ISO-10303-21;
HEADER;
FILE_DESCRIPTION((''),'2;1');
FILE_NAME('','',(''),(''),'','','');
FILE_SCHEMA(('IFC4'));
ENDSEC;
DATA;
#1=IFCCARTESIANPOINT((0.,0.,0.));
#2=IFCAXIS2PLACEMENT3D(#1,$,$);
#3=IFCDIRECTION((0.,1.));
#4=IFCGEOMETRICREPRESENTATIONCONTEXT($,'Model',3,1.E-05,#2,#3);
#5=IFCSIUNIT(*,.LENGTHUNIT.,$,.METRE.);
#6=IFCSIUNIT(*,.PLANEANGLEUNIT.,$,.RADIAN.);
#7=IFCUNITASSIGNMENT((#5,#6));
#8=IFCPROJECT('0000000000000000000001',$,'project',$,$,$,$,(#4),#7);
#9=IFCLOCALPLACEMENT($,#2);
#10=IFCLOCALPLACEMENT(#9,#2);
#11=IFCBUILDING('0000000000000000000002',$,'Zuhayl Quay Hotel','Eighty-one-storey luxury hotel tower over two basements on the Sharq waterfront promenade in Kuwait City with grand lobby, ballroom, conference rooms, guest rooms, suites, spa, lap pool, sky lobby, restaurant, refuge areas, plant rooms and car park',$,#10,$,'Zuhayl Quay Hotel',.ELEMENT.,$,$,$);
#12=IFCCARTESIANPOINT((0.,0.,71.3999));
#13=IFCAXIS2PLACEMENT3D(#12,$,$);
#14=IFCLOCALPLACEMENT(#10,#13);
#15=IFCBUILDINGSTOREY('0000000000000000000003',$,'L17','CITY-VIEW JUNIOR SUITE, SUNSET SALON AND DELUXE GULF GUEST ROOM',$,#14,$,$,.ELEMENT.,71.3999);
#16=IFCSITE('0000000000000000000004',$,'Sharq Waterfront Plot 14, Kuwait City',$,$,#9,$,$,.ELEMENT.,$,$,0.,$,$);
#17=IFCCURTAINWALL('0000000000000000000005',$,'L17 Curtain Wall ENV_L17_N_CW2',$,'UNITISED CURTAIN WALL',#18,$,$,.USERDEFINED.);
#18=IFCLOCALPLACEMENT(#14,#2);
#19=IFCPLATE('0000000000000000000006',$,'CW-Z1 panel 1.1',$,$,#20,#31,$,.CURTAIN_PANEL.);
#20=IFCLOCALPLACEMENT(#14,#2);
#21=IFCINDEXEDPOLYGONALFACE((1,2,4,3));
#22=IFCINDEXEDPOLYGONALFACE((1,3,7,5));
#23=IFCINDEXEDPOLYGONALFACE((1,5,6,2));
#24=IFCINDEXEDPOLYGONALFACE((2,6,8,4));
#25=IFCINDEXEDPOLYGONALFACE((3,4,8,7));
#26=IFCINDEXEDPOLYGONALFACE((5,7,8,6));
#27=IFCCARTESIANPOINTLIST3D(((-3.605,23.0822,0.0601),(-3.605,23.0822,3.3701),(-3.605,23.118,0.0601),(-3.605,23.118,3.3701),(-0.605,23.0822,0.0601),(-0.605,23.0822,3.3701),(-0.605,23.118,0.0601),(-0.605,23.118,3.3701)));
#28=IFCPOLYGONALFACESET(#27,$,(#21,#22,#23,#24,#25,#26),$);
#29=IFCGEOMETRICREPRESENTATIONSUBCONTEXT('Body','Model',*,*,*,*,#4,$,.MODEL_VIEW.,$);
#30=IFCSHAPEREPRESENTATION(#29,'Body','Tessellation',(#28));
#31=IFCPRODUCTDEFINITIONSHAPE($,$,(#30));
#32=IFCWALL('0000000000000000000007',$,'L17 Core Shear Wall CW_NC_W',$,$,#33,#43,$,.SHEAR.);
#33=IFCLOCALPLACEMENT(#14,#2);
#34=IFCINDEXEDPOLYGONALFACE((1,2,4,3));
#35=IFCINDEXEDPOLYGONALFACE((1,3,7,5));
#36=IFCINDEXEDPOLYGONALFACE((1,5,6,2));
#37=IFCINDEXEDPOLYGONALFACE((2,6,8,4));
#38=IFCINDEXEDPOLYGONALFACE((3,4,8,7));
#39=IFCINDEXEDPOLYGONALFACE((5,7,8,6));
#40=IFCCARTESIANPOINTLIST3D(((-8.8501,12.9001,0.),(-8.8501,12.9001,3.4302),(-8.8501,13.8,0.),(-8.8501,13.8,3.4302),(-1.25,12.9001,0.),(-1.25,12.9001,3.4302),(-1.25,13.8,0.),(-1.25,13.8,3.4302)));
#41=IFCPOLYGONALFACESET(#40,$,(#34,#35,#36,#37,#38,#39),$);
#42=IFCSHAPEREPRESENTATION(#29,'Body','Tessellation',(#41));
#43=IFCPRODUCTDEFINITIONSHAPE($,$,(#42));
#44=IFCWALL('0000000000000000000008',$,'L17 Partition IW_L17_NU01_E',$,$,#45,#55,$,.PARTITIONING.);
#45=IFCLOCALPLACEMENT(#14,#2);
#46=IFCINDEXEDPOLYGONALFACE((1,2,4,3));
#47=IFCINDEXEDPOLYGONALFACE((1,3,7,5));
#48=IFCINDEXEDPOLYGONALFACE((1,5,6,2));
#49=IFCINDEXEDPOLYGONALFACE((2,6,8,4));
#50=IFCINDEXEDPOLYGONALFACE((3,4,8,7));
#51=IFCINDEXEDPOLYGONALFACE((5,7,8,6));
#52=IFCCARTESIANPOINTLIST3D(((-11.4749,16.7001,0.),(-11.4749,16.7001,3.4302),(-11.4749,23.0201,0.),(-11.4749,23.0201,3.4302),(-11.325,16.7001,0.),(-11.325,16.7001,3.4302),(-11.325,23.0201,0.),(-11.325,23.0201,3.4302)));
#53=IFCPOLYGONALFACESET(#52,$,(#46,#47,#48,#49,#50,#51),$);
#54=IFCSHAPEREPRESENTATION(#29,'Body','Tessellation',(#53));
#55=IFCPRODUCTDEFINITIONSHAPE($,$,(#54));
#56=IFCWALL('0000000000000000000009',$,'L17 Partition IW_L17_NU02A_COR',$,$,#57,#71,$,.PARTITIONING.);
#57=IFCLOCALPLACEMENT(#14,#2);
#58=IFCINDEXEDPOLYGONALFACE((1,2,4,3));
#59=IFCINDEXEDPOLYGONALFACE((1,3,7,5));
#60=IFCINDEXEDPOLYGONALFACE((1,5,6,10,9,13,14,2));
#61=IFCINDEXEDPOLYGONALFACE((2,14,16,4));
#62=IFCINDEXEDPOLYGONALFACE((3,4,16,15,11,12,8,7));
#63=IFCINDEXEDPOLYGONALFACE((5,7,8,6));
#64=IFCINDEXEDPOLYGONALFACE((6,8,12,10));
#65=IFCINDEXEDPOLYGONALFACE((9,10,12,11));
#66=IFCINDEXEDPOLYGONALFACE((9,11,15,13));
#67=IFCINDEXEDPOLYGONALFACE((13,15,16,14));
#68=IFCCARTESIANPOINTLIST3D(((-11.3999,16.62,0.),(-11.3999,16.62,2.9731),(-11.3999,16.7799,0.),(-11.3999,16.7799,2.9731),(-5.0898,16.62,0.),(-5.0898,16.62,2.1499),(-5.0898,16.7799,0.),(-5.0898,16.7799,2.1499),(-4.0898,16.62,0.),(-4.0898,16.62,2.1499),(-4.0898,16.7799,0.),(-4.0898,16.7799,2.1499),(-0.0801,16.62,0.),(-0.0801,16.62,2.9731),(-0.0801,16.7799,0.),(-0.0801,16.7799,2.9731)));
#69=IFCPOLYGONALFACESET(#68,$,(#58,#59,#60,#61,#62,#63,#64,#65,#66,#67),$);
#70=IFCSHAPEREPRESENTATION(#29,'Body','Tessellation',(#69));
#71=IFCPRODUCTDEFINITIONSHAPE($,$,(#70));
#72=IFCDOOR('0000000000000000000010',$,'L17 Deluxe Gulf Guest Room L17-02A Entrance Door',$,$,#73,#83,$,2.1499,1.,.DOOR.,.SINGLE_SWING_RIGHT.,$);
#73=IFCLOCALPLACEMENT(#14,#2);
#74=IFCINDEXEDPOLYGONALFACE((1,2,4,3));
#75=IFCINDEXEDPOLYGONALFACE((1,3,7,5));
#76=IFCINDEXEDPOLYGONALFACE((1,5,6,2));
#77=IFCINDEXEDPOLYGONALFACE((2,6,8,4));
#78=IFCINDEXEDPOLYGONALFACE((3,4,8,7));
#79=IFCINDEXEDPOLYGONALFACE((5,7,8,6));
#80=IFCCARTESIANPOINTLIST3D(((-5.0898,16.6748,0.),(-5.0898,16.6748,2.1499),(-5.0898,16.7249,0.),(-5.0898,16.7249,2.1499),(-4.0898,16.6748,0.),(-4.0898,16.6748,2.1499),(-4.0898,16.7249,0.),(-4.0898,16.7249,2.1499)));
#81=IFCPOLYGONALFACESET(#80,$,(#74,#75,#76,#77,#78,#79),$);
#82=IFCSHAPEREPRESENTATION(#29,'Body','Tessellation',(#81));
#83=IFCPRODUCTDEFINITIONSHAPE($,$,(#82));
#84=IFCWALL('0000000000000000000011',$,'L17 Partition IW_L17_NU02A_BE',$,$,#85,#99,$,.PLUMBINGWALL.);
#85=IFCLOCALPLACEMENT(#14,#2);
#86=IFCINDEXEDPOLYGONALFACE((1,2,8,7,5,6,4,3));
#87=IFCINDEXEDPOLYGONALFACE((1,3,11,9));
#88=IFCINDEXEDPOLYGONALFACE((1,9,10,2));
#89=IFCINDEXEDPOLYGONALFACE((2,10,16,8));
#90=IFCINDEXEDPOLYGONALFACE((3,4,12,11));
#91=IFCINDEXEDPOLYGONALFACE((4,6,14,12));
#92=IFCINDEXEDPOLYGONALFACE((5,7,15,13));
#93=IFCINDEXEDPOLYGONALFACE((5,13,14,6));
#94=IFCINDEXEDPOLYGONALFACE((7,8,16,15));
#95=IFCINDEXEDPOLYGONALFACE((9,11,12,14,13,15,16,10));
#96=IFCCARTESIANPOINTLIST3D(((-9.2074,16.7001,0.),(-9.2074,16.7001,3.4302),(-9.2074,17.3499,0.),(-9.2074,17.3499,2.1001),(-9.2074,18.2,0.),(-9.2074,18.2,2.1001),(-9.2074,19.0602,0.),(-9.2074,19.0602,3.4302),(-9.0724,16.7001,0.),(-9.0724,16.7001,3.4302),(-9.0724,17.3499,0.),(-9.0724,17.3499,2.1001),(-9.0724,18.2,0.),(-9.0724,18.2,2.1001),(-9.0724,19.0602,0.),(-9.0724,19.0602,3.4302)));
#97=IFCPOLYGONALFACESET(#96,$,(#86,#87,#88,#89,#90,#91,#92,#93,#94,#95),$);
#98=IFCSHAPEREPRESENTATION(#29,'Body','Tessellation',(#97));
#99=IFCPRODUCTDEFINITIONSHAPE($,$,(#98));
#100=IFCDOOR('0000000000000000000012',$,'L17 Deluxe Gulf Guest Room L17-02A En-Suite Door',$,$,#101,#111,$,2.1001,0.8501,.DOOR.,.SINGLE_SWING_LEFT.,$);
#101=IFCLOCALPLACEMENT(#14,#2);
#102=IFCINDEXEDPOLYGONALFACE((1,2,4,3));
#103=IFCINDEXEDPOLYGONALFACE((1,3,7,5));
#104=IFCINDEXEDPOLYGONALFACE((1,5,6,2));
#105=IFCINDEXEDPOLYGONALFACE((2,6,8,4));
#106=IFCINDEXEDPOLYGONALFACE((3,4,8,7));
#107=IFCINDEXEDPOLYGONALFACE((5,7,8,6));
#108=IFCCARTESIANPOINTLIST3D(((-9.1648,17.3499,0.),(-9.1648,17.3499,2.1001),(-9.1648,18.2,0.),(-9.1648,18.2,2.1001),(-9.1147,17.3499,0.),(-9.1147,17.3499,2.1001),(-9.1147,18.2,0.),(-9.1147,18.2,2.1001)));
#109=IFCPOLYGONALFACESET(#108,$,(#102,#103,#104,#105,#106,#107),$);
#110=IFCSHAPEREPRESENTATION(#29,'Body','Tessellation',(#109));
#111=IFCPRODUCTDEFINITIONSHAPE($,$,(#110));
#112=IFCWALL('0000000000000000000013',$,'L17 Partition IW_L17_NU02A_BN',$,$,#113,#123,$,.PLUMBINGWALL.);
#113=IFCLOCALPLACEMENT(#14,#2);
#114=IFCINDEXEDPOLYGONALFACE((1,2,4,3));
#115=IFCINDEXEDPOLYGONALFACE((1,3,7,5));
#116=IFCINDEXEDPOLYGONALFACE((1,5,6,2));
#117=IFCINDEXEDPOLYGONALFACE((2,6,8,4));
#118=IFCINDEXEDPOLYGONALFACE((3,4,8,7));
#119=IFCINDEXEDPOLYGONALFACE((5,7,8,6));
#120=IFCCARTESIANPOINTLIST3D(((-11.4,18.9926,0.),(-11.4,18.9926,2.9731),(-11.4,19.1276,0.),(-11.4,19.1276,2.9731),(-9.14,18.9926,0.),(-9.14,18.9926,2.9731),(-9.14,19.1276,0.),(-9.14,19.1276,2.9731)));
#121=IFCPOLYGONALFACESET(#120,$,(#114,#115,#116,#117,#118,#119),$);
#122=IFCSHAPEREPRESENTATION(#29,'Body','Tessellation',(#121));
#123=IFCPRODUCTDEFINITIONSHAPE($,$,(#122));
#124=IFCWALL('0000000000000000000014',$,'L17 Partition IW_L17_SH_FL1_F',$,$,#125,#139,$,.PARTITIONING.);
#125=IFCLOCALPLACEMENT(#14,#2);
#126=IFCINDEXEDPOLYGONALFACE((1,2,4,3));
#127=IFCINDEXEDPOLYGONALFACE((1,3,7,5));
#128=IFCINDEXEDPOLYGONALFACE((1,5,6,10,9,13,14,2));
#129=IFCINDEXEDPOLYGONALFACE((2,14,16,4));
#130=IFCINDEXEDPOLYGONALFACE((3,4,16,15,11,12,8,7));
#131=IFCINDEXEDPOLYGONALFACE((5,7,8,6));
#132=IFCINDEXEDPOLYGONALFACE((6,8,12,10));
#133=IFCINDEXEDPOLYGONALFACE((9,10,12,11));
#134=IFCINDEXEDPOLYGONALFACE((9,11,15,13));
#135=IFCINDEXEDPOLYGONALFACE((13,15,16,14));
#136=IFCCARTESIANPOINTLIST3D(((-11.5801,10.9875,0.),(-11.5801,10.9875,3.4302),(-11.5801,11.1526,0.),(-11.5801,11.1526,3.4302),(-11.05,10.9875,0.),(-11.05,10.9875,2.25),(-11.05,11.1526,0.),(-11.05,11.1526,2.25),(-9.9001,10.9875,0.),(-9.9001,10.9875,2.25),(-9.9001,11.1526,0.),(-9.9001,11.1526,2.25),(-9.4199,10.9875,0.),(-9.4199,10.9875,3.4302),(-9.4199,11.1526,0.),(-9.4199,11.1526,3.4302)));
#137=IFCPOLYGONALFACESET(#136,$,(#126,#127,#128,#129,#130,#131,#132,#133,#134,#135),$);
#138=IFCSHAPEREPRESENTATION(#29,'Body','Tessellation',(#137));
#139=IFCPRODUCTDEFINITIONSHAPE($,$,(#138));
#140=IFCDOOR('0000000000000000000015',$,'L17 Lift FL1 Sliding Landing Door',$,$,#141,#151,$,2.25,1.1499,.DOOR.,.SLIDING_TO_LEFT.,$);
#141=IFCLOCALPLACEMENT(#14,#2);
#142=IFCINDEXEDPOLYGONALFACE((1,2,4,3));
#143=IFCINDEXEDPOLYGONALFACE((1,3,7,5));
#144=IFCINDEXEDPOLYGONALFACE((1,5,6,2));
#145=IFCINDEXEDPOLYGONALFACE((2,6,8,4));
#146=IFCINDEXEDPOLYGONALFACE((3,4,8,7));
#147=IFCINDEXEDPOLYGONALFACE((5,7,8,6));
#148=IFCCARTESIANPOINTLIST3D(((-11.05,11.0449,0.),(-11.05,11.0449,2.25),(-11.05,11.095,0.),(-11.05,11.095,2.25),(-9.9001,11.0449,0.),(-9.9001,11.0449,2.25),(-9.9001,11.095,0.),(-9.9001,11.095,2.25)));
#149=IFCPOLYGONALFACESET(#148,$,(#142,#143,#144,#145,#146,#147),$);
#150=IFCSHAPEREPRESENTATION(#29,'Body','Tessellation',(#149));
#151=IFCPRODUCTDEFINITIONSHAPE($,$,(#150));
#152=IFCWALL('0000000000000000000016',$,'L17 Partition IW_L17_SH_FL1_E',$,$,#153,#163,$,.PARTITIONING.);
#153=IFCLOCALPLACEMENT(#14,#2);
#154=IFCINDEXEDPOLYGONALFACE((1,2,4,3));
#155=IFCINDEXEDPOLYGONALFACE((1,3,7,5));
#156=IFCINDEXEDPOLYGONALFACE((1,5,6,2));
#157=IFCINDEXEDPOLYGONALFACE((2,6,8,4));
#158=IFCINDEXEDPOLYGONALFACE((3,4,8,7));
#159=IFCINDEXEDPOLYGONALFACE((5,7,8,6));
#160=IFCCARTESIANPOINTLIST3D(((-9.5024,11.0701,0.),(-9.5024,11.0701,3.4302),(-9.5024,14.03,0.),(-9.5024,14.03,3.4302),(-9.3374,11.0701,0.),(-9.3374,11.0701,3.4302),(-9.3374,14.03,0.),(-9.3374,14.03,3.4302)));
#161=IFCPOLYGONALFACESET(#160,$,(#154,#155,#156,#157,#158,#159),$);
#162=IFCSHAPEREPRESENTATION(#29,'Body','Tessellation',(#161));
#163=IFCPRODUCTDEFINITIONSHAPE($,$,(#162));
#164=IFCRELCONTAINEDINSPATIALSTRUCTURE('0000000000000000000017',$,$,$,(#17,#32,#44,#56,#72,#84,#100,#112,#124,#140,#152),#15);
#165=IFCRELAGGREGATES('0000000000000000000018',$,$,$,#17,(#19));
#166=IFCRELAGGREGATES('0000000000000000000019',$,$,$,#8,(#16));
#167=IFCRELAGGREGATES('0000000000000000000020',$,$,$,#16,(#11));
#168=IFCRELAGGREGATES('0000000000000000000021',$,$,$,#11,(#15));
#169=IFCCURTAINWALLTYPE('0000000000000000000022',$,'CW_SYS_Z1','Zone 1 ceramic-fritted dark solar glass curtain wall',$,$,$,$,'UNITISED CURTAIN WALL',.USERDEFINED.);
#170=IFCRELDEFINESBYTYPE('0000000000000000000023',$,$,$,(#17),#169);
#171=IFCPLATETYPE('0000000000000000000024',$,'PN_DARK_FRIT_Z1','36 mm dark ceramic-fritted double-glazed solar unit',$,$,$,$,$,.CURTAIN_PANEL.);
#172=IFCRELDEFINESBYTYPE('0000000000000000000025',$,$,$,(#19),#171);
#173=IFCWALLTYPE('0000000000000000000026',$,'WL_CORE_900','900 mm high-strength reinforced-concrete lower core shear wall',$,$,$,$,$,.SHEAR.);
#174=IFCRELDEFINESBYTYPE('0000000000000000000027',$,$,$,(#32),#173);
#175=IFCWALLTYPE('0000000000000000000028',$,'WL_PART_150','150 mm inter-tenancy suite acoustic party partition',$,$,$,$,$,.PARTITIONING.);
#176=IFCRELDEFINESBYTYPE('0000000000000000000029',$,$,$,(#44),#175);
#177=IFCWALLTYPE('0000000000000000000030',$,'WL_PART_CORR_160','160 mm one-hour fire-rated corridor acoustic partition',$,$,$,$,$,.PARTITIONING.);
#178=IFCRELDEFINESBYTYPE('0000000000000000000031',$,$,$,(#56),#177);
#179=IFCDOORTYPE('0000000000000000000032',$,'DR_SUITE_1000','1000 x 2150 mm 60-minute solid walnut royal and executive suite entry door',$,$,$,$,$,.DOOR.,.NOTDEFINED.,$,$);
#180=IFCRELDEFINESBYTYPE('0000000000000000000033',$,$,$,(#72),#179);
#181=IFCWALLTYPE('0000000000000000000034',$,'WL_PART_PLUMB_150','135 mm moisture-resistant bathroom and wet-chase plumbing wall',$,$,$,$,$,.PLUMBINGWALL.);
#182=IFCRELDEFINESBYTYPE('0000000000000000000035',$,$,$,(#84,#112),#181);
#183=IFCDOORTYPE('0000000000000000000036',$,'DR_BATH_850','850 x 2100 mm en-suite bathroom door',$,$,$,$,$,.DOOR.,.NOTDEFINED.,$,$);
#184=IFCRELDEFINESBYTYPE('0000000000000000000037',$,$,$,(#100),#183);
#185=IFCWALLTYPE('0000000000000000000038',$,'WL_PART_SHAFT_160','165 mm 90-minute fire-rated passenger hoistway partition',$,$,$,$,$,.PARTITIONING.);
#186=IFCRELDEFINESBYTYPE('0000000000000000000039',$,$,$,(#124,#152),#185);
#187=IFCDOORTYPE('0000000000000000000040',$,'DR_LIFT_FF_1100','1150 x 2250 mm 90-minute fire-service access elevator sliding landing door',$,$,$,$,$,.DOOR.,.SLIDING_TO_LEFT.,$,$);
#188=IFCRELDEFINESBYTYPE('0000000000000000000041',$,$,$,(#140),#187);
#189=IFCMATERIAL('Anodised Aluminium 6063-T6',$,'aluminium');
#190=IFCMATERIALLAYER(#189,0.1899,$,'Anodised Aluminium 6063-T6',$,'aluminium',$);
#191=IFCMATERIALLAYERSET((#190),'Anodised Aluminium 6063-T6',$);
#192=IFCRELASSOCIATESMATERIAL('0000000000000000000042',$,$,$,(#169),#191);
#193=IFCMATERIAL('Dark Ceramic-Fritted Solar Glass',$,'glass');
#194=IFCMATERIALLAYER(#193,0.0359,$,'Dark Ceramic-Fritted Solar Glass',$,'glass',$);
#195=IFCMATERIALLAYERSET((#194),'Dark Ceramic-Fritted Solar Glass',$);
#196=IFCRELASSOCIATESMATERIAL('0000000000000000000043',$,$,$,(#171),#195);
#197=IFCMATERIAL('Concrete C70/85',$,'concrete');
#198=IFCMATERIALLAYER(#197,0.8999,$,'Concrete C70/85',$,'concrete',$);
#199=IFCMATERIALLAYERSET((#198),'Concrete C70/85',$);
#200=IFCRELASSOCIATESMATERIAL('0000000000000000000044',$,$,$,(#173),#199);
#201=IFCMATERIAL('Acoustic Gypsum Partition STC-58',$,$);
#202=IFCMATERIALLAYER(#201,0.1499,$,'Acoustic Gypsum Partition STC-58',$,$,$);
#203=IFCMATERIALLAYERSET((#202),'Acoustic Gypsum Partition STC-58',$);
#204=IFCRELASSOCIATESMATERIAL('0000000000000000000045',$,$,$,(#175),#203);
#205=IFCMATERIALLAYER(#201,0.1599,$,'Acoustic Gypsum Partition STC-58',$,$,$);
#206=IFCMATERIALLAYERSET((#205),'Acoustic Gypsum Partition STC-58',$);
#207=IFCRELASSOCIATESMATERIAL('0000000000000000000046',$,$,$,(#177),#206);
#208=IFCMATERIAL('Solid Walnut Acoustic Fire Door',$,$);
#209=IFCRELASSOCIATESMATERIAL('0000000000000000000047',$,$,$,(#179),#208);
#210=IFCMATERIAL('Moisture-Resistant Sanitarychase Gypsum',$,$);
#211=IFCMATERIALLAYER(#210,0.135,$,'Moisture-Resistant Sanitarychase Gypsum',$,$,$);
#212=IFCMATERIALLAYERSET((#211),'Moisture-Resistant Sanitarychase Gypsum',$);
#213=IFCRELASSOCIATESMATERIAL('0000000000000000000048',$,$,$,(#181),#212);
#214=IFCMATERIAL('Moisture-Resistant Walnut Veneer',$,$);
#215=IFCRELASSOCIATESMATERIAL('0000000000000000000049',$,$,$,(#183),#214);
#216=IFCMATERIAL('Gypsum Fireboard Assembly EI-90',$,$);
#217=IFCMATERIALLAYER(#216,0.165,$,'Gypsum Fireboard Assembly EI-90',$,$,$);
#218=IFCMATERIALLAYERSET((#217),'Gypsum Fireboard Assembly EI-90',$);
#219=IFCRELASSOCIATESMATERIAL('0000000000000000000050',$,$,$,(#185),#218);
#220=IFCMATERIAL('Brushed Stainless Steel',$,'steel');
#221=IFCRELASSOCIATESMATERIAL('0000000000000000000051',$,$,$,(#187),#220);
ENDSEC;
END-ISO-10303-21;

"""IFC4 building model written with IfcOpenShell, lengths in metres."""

from ifc_helpers import new_model, si_unit, direction, frame, frame_2d, origin, origin_2d, place, context, subcontext, project, spatial, rectangle, extrude, material, layer, layer_set, type_object, element, fill, aggregate, save


model = new_model("IFC4")

# Units and contexts
model_context = context("Model", 3, precision=1e-05, world=origin(), true_north=direction((0.0, 1.0)))
body_context = subcontext(model_context, "Body", "Model", "MODEL_VIEW")
ifc_project = project(units=[si_unit("LENGTHUNIT", "METRE"), si_unit("PLANEANGLEUNIT", "RADIAN")], contexts=[model_context])

# Site, building, storey
site_placement = place(None, origin())
site = spatial("IfcSite", under=ifc_project, at=site_placement, Name="Sharq Waterfront Plot 14, Kuwait City", CompositionType="ELEMENT", RefElevation=0.0)
building_placement = place(site_placement, origin())
building = spatial("IfcBuilding", under=site, at=building_placement, Name="Zuhayl Quay Hotel", Description="Eighty-one-storey luxury hotel tower over two basements on the Sharq waterfront promenade in Kuwait City with grand lobby, ballroom, conference rooms, guest rooms, suites, spa, lap pool, sky lobby, restaurant, refuge areas, plant rooms and car park", LongName="Zuhayl Quay Hotel", CompositionType="ELEMENT")
storey_placement = place(building_placement, frame((0.0, 0.0, 71.3999)))
storey = spatial("IfcBuildingStorey", under=building, at=storey_placement, Name="L17", Description="CITY-VIEW JUNIOR SUITE, SUNSET SALON AND DELUXE GULF GUEST ROOM", CompositionType="ELEMENT", Elevation=71.3999)

# Shared definitions
ifc_material_1 = material(Name="Concrete C70/85", Category="concrete")

# Curtain wall, plate
ifc_material_2 = material(Name="Anodised Aluminium 6063-T6", Category="aluminium")
ifc_layer_1 = layer(ifc_material_2, 0.1899, Name="Anodised Aluminium 6063-T6", Category="aluminium")
ifc_layer_set_1 = layer_set([ifc_layer_1], Name="Anodised Aluminium 6063-T6")
curtain_wall_type = type_object("IfcCurtainWallType", Name="CW_SYS_Z1", Description="Zone 1 ceramic-fritted dark solar glass curtain wall", ElementType="UNITISED CURTAIN WALL", PredefinedType="USERDEFINED", material=ifc_layer_set_1)
curtain_wall_placement = place(storey_placement, origin())
curtain_wall = element("IfcCurtainWall", 1, at=curtain_wall_placement, inside=storey, type_object=curtain_wall_type, Name="L17 Curtain Wall ENV_L17_N_CW2", ObjectType="UNITISED CURTAIN WALL", PredefinedType="USERDEFINED")
ifc_material_3 = material(Name="Dark Ceramic-Fritted Solar Glass", Category="glass")
ifc_layer_2 = layer(ifc_material_3, 0.0359, Name="Dark Ceramic-Fritted Solar Glass", Category="glass")
ifc_layer_set_2 = layer_set([ifc_layer_2], Name="Dark Ceramic-Fritted Solar Glass")
plate_type = type_object("IfcPlateType", Name="PN_DARK_FRIT_Z1", Description="36 mm dark ceramic-fritted double-glazed solar unit", PredefinedType="CURTAIN_PANEL", material=ifc_layer_set_2)
plate_placement = place(storey_placement, frame((-2.105, 23.1001, 0.0601), z_axis=(0.0, 0.0, 1.0), x_axis=(1.0, 0.0, 0.0)))
plate = element("IfcPlate", 2, at=plate_placement, type_object=plate_type, Name="CW-Z1 panel 1.1", PredefinedType="CURTAIN_PANEL", context=body_context, shape_type="SweptSolid", body=[
    extrude(rectangle(XDim=3.0, YDim=0.0359, at=origin_2d()), origin(), (0.0, 0.0, 1.0), 3.3101),
])
aggregate(curtain_wall, [plate])

# Walls
ifc_layer_3 = layer(ifc_material_1, 0.8999, Name="Concrete C70/85", Category="concrete")
ifc_layer_set_3 = layer_set([ifc_layer_3], Name="Concrete C70/85")
wall_type_1 = type_object("IfcWallType", Name="WL_CORE_900", Description="900 mm high-strength reinforced-concrete lower core shear wall", PredefinedType="SHEAR", material=ifc_layer_set_3)
wall_1_placement = place(storey_placement, frame((-8.8501, 13.3501, 0.0), z_axis=(0.0, 0.0, 1.0), x_axis=(1.0, 0.0, 0.0)))
element("IfcWall", 3, at=wall_1_placement, inside=storey, type_object=wall_type_1, Name="L17 Core Shear Wall CW_NC_W", PredefinedType="SHEAR", context=body_context, shape_type="SweptSolid", body=[
    extrude(rectangle(XDim=7.6001, YDim=0.8999, at=frame_2d((3.8, 0.0))), origin(), (0.0, 0.0, 1.0), 3.4302),
])
ifc_material_4 = material(Name="Acoustic Gypsum Partition STC-58")
ifc_layer_4 = layer(ifc_material_4, 0.1499, Name="Acoustic Gypsum Partition STC-58")
ifc_layer_set_4 = layer_set([ifc_layer_4], Name="Acoustic Gypsum Partition STC-58")
wall_type_2 = type_object("IfcWallType", Name="WL_PART_150", Description="150 mm inter-tenancy suite acoustic party partition", PredefinedType="PARTITIONING", material=ifc_layer_set_4)
wall_2_placement = place(storey_placement, frame((-11.3999, 16.7, 0.0), z_axis=(0.0, 0.0, 1.0), x_axis=(0.0, 1.0, 0.0)))
element("IfcWall", 4, at=wall_2_placement, inside=storey, type_object=wall_type_2, Name="L17 Partition IW_L17_NU01_E", PredefinedType="PARTITIONING", context=body_context, shape_type="SweptSolid", body=[
    extrude(rectangle(XDim=6.3201, YDim=0.1499, at=frame_2d((3.1602, 0.0))), origin(), (0.0, 0.0, 1.0), 3.4302),
])

# Walls, openings, doors
ifc_layer_5 = layer(ifc_material_4, 0.1599, Name="Acoustic Gypsum Partition STC-58")
ifc_layer_set_5 = layer_set([ifc_layer_5], Name="Acoustic Gypsum Partition STC-58")
wall_type_3 = type_object("IfcWallType", Name="WL_PART_CORR_160", Description="160 mm one-hour fire-rated corridor acoustic partition", PredefinedType="PARTITIONING", material=ifc_layer_set_5)
wall_3_placement = place(storey_placement, frame((-11.3999, 16.7, 0.0), z_axis=(0.0, 0.0, 1.0), x_axis=(1.0, 0.0, 0.0)))
wall_3 = element("IfcWall", 5, at=wall_3_placement, inside=storey, type_object=wall_type_3, Name="L17 Partition IW_L17_NU02A_COR", PredefinedType="PARTITIONING", context=body_context, shape_type="SweptSolid", body=[
    extrude(rectangle(XDim=11.3198, YDim=0.1599, at=frame_2d((5.6599, 0.0))), origin(), (0.0, 0.0, 1.0), 2.9731),
])
opening_1_placement = place(wall_3_placement, frame((6.3101, 0.0, 0.0)))
opening_1 = element("IfcOpeningElement", 6, at=opening_1_placement, cuts=wall_3, PredefinedType="OPENING", context=body_context, shape_type="SweptSolid", body=[
    extrude(rectangle(XDim=1.0, YDim=2.1499, at=frame_2d((0.5, 1.075))), frame((0.0, 0.0898, 0.0), z_axis=(0.0, -1.0, 0.0), x_axis=(1.0, 0.0, 0.0)), (0.0, 0.0, 1.0), 0.1799),
])
ifc_material_5 = material(Name="Solid Walnut Acoustic Fire Door")
door_type_1 = type_object("IfcDoorType", Name="DR_SUITE_1000", Description="1000 x 2150 mm 60-minute solid walnut royal and executive suite entry door", OperationType="NOTDEFINED", PredefinedType="DOOR", material=ifc_material_5)
door_1_placement = place(opening_1_placement, origin())
door_1 = element("IfcDoor", 7, at=door_1_placement, inside=storey, type_object=door_type_1, Name="L17 Deluxe Gulf Guest Room L17-02A Entrance Door", OperationType="SINGLE_SWING_RIGHT", OverallHeight=2.1499, OverallWidth=1.0, PredefinedType="DOOR", context=body_context, shape_type="SweptSolid", body=[
    extrude(rectangle(XDim=1.0, YDim=2.1499, at=frame_2d((0.5, 1.075))), frame((0.0, 0.0249, 0.0), z_axis=(0.0, -1.0, 0.0), x_axis=(1.0, 0.0, 0.0)), (0.0, 0.0, 1.0), 0.05),
])
fill(opening_1, door_1)
ifc_material_6 = material(Name="Moisture-Resistant Sanitarychase Gypsum")
ifc_layer_6 = layer(ifc_material_6, 0.135, Name="Moisture-Resistant Sanitarychase Gypsum")
ifc_layer_set_6 = layer_set([ifc_layer_6], Name="Moisture-Resistant Sanitarychase Gypsum")
wall_type_4 = type_object("IfcWallType", Name="WL_PART_PLUMB_150", Description="135 mm moisture-resistant bathroom and wet-chase plumbing wall", PredefinedType="PLUMBINGWALL", material=ifc_layer_set_6)
wall_4_placement = place(storey_placement, frame((-9.1399, 16.7, 0.0), z_axis=(0.0, 0.0, 1.0), x_axis=(0.0, 1.0, 0.0)))
wall_4 = element("IfcWall", 8, at=wall_4_placement, inside=storey, type_object=wall_type_4, Name="L17 Partition IW_L17_NU02A_BE", PredefinedType="PLUMBINGWALL", context=body_context, shape_type="SweptSolid", body=[
    extrude(rectangle(XDim=2.3601, YDim=0.135, at=frame_2d((1.1802, 0.0))), origin(), (0.0, 0.0, 1.0), 3.4302),
])
opening_2_placement = place(wall_4_placement, frame((0.6499, 0.0, 0.0)))
opening_2 = element("IfcOpeningElement", 9, at=opening_2_placement, cuts=wall_4, PredefinedType="OPENING", context=body_context, shape_type="SweptSolid", body=[
    extrude(rectangle(XDim=0.8501, YDim=2.1001, at=frame_2d((0.425, 1.05))), frame((0.0, 0.0774, 0.0), z_axis=(0.0, -1.0, 0.0), x_axis=(1.0, 0.0, 0.0)), (0.0, 0.0, 1.0), 0.155),
])
ifc_material_7 = material(Name="Moisture-Resistant Walnut Veneer")
door_type_2 = type_object("IfcDoorType", Name="DR_BATH_850", Description="850 x 2100 mm en-suite bathroom door", OperationType="NOTDEFINED", PredefinedType="DOOR", material=ifc_material_7)
door_2_placement = place(opening_2_placement, origin())
door_2 = element("IfcDoor", 10, at=door_2_placement, inside=storey, type_object=door_type_2, Name="L17 Deluxe Gulf Guest Room L17-02A En-Suite Door", OperationType="SINGLE_SWING_LEFT", OverallHeight=2.1001, OverallWidth=0.8501, PredefinedType="DOOR", context=body_context, shape_type="SweptSolid", body=[
    extrude(rectangle(XDim=0.8501, YDim=2.1001, at=frame_2d((0.425, 1.05))), frame((0.0, 0.0249, 0.0), z_axis=(0.0, -1.0, 0.0), x_axis=(1.0, 0.0, 0.0)), (0.0, 0.0, 1.0), 0.05),
])
fill(opening_2, door_2)

# Wall
wall_5_placement = place(storey_placement, frame((-11.3999, 19.0601, 0.0), z_axis=(0.0, 0.0, 1.0), x_axis=(1.0, 0.0, 0.0)))
element("IfcWall", 11, at=wall_5_placement, inside=storey, type_object=wall_type_4, Name="L17 Partition IW_L17_NU02A_BN", PredefinedType="PLUMBINGWALL", context=body_context, shape_type="SweptSolid", body=[
    extrude(rectangle(XDim=2.26, YDim=0.135, at=frame_2d((1.1299, 0.0))), origin(), (0.0, 0.0, 1.0), 2.9731),
])

# Wall, opening, door
ifc_material_8 = material(Name="Gypsum Fireboard Assembly EI-90")
ifc_layer_7 = layer(ifc_material_8, 0.165, Name="Gypsum Fireboard Assembly EI-90")
ifc_layer_set_7 = layer_set([ifc_layer_7], Name="Gypsum Fireboard Assembly EI-90")
wall_type_5 = type_object("IfcWallType", Name="WL_PART_SHAFT_160", Description="165 mm 90-minute fire-rated passenger hoistway partition", PredefinedType="PARTITIONING", material=ifc_layer_set_7)
wall_6_placement = place(storey_placement, frame((-11.5801, 11.0701, 0.0), z_axis=(0.0, 0.0, 1.0), x_axis=(1.0, 0.0, 0.0)))
wall_6 = element("IfcWall", 12, at=wall_6_placement, inside=storey, type_object=wall_type_5, Name="L17 Partition IW_L17_SH_FL1_F", PredefinedType="PARTITIONING", context=body_context, shape_type="SweptSolid", body=[
    extrude(rectangle(XDim=2.1602, YDim=0.165, at=frame_2d((1.0801, 0.0))), origin(), (0.0, 0.0, 1.0), 3.4302),
])
opening_3_placement = place(wall_6_placement, frame((0.53, 0.0, 0.0)))
opening_3 = element("IfcOpeningElement", 13, at=opening_3_placement, cuts=wall_6, PredefinedType="OPENING", context=body_context, shape_type="SweptSolid", body=[
    extrude(rectangle(XDim=1.1499, YDim=2.25, at=frame_2d((0.575, 1.125))), frame((0.0, 0.0925, 0.0), z_axis=(0.0, -1.0, 0.0), x_axis=(1.0, 0.0, 0.0)), (0.0, 0.0, 1.0), 0.1851),
])
ifc_material_9 = material(Name="Brushed Stainless Steel", Category="steel")
door_type_3 = type_object("IfcDoorType", Name="DR_LIFT_FF_1100", Description="1150 x 2250 mm 90-minute fire-service access elevator sliding landing door", OperationType="SLIDING_TO_LEFT", PredefinedType="DOOR", material=ifc_material_9)
door_3_placement = place(opening_3_placement, origin())
door_3 = element("IfcDoor", 14, at=door_3_placement, inside=storey, type_object=door_type_3, Name="L17 Lift FL1 Sliding Landing Door", OperationType="SLIDING_TO_LEFT", OverallHeight=2.25, OverallWidth=1.1499, PredefinedType="DOOR", context=body_context, shape_type="SweptSolid", body=[
    extrude(rectangle(XDim=1.1499, YDim=2.25, at=frame_2d((0.575, 1.125))), frame((0.0, 0.0249, 0.0), z_axis=(0.0, -1.0, 0.0), x_axis=(1.0, 0.0, 0.0)), (0.0, 0.0, 1.0), 0.05),
])
fill(opening_3, door_3)

# Wall
wall_7_placement = place(storey_placement, frame((-9.4199, 11.0701, 0.0), z_axis=(0.0, 0.0, 1.0), x_axis=(0.0, 1.0, 0.0)))
element("IfcWall", 15, at=wall_7_placement, inside=storey, type_object=wall_type_5, Name="L17 Partition IW_L17_SH_FL1_E", PredefinedType="PARTITIONING", context=body_context, shape_type="SweptSolid", body=[
    extrude(rectangle(XDim=2.96, YDim=0.165, at=frame_2d((1.48, 0.0))), origin(), (0.0, 0.0, 1.0), 3.4302),
])

save(model, "model.ifc")
